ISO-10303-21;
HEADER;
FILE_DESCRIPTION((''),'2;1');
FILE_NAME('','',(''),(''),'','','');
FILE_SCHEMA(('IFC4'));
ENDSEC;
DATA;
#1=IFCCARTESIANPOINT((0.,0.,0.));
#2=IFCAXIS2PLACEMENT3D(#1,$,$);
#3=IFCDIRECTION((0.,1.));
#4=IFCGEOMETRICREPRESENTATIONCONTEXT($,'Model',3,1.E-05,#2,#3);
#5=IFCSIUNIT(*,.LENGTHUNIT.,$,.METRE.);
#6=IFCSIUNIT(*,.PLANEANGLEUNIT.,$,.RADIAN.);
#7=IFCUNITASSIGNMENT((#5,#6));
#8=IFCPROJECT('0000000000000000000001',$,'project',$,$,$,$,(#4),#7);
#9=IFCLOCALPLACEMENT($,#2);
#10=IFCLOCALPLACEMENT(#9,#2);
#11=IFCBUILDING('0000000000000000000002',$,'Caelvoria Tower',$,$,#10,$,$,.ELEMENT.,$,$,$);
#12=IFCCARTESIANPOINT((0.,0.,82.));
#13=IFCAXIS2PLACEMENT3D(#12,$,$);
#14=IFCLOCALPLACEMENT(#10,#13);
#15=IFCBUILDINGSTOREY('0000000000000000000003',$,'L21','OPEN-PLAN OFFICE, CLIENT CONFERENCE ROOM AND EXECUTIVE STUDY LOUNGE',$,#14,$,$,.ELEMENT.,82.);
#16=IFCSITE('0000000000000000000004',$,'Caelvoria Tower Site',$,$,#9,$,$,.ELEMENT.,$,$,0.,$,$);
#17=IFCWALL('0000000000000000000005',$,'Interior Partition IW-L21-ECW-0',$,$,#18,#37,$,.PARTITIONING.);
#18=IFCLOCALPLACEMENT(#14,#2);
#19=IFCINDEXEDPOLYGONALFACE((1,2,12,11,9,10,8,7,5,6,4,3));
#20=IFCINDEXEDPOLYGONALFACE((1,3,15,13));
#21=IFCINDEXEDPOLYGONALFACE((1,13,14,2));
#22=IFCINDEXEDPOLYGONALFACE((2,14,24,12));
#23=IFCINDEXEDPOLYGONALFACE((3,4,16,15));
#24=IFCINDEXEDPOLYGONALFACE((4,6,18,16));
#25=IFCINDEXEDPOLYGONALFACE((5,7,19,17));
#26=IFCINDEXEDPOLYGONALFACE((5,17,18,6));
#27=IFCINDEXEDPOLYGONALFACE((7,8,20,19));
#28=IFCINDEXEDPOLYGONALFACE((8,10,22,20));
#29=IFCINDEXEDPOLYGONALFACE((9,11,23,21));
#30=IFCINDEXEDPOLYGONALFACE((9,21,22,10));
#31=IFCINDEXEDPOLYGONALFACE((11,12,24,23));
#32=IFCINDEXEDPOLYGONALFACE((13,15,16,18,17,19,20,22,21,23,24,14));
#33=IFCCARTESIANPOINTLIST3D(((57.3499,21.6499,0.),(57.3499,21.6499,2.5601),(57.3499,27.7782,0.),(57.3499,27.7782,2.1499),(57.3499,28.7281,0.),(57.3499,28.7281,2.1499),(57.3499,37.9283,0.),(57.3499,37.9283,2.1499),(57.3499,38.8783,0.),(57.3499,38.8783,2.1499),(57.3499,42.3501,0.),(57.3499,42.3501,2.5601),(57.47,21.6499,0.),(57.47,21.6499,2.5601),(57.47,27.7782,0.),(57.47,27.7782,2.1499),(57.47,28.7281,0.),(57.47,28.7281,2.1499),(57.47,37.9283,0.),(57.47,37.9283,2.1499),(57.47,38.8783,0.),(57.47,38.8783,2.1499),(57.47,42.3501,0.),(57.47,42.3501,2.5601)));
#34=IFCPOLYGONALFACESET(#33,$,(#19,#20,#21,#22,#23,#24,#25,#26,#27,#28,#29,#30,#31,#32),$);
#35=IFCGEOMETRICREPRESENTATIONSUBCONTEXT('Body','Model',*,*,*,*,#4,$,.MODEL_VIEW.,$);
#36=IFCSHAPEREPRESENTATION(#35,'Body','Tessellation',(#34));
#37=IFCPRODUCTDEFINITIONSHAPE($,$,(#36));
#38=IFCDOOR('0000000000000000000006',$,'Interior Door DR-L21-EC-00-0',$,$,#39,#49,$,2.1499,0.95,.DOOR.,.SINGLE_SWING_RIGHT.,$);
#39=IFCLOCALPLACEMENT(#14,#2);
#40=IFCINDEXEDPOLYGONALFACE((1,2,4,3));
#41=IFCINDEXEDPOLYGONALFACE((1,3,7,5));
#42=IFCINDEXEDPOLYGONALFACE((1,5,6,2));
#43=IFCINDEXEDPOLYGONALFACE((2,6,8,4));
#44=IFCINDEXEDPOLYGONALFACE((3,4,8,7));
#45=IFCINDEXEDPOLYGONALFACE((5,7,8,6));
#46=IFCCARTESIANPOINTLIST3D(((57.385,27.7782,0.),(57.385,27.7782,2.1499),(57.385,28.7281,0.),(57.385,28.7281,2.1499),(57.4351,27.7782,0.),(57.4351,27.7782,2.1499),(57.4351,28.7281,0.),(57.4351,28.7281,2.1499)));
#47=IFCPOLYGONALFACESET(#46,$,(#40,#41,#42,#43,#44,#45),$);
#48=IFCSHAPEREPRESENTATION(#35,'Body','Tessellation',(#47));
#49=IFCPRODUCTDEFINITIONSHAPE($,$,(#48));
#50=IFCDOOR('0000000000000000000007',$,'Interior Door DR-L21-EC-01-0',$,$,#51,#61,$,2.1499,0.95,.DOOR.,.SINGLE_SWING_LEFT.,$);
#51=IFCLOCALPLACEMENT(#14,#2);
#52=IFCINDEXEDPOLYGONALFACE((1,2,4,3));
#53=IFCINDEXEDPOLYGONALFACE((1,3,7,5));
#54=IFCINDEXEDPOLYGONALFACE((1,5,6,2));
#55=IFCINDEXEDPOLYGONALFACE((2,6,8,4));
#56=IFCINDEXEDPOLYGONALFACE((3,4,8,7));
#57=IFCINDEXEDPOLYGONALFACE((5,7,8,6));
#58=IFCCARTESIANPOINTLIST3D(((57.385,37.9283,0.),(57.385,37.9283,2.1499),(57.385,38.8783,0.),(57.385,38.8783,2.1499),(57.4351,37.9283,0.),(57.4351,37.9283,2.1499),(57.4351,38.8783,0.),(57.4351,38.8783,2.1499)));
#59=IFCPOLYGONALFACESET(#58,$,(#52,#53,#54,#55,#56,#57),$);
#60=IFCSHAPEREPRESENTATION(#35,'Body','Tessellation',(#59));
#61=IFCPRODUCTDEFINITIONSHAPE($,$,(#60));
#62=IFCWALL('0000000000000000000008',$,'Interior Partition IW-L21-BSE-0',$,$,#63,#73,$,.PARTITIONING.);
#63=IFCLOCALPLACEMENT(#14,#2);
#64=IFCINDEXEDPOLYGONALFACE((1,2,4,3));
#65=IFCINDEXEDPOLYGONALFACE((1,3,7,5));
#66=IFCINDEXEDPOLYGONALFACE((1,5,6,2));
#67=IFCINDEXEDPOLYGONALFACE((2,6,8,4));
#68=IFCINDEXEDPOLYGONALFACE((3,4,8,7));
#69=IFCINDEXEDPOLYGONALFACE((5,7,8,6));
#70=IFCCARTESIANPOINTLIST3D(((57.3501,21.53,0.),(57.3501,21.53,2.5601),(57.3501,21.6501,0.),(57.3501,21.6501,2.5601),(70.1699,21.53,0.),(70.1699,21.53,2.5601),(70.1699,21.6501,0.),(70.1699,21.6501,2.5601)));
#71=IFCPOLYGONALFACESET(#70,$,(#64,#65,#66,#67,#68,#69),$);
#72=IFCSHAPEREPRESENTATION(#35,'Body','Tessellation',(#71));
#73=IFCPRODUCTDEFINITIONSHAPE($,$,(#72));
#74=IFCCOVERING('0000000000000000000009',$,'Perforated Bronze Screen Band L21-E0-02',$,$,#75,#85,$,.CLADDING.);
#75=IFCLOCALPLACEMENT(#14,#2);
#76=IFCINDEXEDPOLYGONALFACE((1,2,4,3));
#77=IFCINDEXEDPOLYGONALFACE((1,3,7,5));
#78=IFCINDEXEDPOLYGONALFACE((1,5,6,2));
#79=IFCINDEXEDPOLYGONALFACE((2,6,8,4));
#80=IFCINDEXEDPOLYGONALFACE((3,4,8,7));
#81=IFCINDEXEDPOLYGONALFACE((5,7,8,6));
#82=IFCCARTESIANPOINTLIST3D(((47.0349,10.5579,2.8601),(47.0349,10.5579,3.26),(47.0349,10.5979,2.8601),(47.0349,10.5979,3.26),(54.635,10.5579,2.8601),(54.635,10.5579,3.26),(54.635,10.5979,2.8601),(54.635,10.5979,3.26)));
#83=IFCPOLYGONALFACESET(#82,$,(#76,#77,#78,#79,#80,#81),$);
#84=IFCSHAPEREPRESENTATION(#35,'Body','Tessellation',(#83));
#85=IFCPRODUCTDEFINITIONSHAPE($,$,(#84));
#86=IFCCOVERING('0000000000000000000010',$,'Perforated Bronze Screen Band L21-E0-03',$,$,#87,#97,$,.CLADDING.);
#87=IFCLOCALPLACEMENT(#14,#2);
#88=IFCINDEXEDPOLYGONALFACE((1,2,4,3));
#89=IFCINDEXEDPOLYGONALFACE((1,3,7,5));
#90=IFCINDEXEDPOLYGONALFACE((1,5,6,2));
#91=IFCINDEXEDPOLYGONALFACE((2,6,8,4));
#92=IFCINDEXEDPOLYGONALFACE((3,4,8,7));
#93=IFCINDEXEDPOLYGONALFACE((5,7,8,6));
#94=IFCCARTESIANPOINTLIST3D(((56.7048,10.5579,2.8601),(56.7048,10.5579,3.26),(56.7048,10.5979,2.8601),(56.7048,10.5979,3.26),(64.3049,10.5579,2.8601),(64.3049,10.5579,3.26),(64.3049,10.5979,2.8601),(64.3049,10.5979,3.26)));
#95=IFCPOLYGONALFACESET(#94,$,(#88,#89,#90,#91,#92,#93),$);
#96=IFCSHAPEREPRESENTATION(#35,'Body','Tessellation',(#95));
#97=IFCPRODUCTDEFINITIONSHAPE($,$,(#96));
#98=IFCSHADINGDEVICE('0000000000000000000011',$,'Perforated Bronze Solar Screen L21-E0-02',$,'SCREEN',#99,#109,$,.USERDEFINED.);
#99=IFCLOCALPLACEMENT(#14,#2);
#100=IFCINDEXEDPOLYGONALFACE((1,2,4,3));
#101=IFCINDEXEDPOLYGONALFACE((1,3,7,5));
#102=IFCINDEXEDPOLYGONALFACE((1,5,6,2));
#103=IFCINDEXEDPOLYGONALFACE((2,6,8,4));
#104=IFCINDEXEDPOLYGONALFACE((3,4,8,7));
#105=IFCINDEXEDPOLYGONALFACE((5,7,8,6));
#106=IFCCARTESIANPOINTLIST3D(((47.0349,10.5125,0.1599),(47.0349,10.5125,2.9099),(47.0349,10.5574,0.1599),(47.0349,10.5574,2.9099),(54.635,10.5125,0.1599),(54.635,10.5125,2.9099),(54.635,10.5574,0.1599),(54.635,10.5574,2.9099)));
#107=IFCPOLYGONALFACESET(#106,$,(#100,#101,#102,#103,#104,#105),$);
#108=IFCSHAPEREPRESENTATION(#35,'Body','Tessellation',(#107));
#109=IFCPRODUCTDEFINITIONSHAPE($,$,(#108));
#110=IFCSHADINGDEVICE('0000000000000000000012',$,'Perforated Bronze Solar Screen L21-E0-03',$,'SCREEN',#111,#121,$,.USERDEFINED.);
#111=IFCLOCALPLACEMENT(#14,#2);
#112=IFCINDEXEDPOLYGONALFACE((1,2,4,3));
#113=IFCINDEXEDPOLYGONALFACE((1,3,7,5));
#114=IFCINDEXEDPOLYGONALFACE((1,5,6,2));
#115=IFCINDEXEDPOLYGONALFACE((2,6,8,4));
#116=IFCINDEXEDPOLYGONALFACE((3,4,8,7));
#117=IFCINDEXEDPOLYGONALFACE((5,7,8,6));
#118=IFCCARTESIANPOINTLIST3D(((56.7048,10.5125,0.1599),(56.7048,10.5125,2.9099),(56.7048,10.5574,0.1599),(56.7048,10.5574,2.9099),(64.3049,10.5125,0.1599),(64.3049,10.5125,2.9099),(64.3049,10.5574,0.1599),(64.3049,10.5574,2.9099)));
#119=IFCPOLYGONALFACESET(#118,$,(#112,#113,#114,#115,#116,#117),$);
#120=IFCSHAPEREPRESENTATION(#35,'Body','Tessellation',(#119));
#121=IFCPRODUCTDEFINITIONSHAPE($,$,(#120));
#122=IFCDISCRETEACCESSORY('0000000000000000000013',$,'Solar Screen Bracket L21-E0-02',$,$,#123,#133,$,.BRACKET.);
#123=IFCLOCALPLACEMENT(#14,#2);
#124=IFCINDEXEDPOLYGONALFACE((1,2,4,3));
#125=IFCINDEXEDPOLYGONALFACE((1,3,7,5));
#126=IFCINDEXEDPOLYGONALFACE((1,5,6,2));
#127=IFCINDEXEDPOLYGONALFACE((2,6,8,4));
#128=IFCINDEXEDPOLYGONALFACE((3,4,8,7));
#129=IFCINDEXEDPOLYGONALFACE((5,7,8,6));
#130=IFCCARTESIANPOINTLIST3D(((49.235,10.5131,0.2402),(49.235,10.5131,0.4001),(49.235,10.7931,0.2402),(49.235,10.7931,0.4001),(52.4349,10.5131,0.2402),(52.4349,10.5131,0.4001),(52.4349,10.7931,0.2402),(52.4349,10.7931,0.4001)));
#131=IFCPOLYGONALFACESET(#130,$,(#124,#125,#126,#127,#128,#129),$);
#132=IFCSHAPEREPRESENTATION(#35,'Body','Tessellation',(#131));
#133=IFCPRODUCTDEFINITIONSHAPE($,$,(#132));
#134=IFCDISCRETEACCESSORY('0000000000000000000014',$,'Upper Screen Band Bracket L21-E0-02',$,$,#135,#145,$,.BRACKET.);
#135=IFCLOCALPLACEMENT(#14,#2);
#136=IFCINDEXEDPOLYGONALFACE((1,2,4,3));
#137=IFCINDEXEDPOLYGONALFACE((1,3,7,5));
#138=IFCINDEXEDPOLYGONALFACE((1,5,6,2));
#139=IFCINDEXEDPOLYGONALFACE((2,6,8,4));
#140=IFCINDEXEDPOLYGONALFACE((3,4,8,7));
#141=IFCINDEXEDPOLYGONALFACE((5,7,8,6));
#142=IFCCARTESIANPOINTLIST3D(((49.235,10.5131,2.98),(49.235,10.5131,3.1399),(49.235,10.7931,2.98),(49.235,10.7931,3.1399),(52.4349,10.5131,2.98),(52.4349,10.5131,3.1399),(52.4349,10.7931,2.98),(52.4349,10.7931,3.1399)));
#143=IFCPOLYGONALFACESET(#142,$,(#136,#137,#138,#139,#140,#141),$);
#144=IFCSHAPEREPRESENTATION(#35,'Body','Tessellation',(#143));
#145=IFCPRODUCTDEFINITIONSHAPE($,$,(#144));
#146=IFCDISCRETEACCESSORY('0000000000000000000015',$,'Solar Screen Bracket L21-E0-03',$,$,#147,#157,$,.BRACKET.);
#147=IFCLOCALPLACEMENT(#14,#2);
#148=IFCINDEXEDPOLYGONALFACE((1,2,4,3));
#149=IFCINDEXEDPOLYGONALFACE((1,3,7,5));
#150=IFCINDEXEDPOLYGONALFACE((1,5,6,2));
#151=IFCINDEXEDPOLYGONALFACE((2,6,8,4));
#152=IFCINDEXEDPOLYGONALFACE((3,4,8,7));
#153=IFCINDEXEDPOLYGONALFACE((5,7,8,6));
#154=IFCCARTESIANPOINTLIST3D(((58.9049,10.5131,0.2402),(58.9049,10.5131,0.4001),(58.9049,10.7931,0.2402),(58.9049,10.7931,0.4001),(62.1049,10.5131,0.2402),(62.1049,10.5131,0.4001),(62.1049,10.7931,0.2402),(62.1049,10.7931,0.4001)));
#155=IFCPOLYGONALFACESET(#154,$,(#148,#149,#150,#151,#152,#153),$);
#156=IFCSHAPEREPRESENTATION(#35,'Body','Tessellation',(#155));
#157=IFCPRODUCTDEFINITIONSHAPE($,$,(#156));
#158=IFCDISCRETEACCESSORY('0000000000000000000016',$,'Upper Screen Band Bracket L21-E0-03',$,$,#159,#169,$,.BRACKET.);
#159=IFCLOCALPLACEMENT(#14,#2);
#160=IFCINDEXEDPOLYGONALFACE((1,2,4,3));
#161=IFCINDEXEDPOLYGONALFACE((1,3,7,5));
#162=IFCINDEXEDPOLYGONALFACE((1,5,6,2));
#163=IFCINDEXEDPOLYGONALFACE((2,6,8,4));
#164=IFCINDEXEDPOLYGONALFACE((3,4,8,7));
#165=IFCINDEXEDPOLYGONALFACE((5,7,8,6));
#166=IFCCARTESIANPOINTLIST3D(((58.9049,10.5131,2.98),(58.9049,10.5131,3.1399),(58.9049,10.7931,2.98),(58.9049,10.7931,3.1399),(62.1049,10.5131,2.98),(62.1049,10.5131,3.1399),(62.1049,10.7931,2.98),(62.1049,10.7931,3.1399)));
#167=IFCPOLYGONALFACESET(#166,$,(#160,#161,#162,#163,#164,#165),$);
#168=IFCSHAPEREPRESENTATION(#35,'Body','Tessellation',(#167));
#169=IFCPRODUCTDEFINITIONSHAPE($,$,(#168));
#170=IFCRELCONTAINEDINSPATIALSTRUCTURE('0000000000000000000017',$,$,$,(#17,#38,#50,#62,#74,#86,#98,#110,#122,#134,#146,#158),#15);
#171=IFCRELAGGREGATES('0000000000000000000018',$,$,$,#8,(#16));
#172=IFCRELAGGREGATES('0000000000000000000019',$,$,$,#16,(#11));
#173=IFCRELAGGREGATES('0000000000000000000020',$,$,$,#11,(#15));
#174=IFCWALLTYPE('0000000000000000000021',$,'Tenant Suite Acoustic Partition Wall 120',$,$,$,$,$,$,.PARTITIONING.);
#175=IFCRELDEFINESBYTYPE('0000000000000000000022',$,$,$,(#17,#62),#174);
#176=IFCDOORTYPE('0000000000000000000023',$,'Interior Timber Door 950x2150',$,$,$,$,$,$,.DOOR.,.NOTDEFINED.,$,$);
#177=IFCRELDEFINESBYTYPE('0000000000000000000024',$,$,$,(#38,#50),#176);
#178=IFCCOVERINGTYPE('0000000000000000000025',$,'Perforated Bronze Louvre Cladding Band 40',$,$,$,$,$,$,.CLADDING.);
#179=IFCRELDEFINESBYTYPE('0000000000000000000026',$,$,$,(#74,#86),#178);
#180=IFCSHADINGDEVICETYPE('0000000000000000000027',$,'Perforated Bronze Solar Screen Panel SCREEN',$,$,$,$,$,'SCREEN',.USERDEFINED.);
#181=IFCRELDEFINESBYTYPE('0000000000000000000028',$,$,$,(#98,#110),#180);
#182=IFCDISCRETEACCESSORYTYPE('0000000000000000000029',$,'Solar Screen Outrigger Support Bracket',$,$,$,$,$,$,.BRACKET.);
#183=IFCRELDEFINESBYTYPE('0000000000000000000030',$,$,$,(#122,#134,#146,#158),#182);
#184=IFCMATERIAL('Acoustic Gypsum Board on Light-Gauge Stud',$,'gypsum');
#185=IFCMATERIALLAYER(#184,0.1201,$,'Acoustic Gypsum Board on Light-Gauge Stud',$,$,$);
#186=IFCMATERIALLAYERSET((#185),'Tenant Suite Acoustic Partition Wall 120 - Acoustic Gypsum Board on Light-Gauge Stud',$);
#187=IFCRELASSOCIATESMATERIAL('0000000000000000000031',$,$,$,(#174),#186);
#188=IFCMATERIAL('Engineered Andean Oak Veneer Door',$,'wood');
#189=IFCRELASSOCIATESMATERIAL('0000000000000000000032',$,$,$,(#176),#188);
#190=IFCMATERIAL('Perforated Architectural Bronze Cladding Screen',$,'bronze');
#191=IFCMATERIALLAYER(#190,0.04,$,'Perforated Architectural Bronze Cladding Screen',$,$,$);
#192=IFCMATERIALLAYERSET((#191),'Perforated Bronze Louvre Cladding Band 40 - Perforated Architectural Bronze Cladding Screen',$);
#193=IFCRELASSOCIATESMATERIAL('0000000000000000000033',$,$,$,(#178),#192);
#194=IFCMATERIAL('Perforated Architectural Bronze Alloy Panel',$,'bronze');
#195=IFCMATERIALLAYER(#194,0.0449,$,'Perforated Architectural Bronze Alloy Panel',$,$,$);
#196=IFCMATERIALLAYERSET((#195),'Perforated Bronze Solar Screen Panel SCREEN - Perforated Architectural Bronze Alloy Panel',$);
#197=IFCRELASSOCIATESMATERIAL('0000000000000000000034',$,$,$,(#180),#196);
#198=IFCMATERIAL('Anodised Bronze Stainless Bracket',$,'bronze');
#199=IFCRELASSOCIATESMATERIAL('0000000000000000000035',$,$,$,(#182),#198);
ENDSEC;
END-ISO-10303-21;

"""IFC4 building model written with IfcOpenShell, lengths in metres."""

from ifc_helpers import new_model, si_unit, direction, frame, frame_2d, origin, origin_2d, place, context, subcontext, project, spatial, rectangle, extrude, material, layer, layer_set, type_object, element, fill, save


model = new_model("IFC4")

# Units and contexts
model_context = context("Model", 3, precision=1e-05, world=origin(), true_north=direction((0.0, 1.0)))
body_context = subcontext(model_context, "Body", "Model", "MODEL_VIEW")
ifc_project = project(units=[si_unit("LENGTHUNIT", "METRE"), si_unit("PLANEANGLEUNIT", "RADIAN")], contexts=[model_context])

# Site, building, storey
site_placement = place(None, origin())
site = spatial("IfcSite", under=ifc_project, at=site_placement, Name="Caelvoria Tower Site", CompositionType="ELEMENT", RefElevation=0.0)
building_placement = place(site_placement, origin())
building = spatial("IfcBuilding", under=site, at=building_placement, Name="Caelvoria Tower", CompositionType="ELEMENT")
storey_placement = place(building_placement, frame((0.0, 0.0, 82.0)))
storey = spatial("IfcBuildingStorey", under=building, at=storey_placement, Name="L21", Description="OPEN-PLAN OFFICE, CLIENT CONFERENCE ROOM AND EXECUTIVE STUDY LOUNGE", CompositionType="ELEMENT", Elevation=82.0)

# Shared definitions
ifc_material_1 = material(Name="Acoustic Gypsum Board on Light-Gauge Stud", Category="gypsum")
ifc_layer_1 = layer(ifc_material_1, 0.1201, Name="Acoustic Gypsum Board on Light-Gauge Stud")
ifc_layer_set_1 = layer_set([ifc_layer_1], Name="Tenant Suite Acoustic Partition Wall 120 - Acoustic Gypsum Board on Light-Gauge Stud")
wall_type_1 = type_object("IfcWallType", Name="Tenant Suite Acoustic Partition Wall 120", PredefinedType="PARTITIONING", material=ifc_layer_set_1)
ifc_material_2 = material(Name="Engineered Andean Oak Veneer Door", Category="wood")

# Wall, openings, doors
wall_1_placement = place(storey_placement, frame((57.4099, 21.6499, 0.0), z_axis=(0.0, 0.0, 1.0), x_axis=(0.0, 1.0, 0.0)))
wall_1 = element("IfcWall", 1, at=wall_1_placement, inside=storey, type_object=wall_type_1, Name="Interior Partition IW-L21-ECW-0", PredefinedType="PARTITIONING", context=body_context, shape_type="SweptSolid", body=[
    extrude(rectangle(XDim=20.7002, YDim=0.1201, at=frame_2d((10.3501, 0.0))), origin(), (0.0, 0.0, 1.0), 2.5601),
])
opening_1_placement = place(wall_1_placement, frame((6.1282, 0.0, 0.0)))
opening_1 = element("IfcOpeningElement", 2, at=opening_1_placement, cuts=wall_1, PredefinedType="OPENING", context=body_context, shape_type="SweptSolid", body=[
    extrude(rectangle(XDim=0.95, YDim=2.1499, at=frame_2d((0.4751, 1.075))), frame((0.0, 0.0701, 0.0), z_axis=(0.0, -1.0, 0.0), x_axis=(1.0, 0.0, 0.0)), (0.0, 0.0, 1.0), 0.1401),
])
opening_2_placement = place(wall_1_placement, frame((16.2783, 0.0, 0.0)))
opening_2 = element("IfcOpeningElement", 3, at=opening_2_placement, cuts=wall_1, PredefinedType="OPENING", context=body_context, shape_type="SweptSolid", body=[
    extrude(rectangle(XDim=0.95, YDim=2.1499, at=frame_2d((0.4751, 1.075))), frame((0.0, 0.0701, 0.0), z_axis=(0.0, -1.0, 0.0), x_axis=(1.0, 0.0, 0.0)), (0.0, 0.0, 1.0), 0.1401),
])
door_type_1 = type_object("IfcDoorType", Name="Interior Timber Door 950x2150", OperationType="NOTDEFINED", PredefinedType="DOOR", material=ifc_material_2)
door_1_placement = place(opening_1_placement, origin())
door_1 = element("IfcDoor", 4, at=door_1_placement, inside=storey, type_object=door_type_1, Name="Interior Door DR-L21-EC-00-0", OperationType="SINGLE_SWING_RIGHT", OverallHeight=2.1499, OverallWidth=0.95, PredefinedType="DOOR", context=body_context, shape_type="SweptSolid", body=[
    extrude(rectangle(XDim=0.95, YDim=2.1499, at=frame_2d((0.4751, 1.075))), frame((0.0, 0.0249, 0.0), z_axis=(0.0, -1.0, 0.0), x_axis=(1.0, 0.0, 0.0)), (0.0, 0.0, 1.0), 0.05),
])
fill(opening_1, door_1)
door_2_placement = place(opening_2_placement, origin())
door_2 = element("IfcDoor", 5, at=door_2_placement, inside=storey, type_object=door_type_1, Name="Interior Door DR-L21-EC-01-0", OperationType="SINGLE_SWING_LEFT", OverallHeight=2.1499, OverallWidth=0.95, PredefinedType="DOOR", context=body_context, shape_type="SweptSolid", body=[
    extrude(rectangle(XDim=0.95, YDim=2.1499, at=frame_2d((0.4751, 1.075))), frame((0.0, 0.0249, 0.0), z_axis=(0.0, -1.0, 0.0), x_axis=(1.0, 0.0, 0.0)), (0.0, 0.0, 1.0), 0.05),
])
fill(opening_2, door_2)

# Wall
wall_2_placement = place(storey_placement, frame((57.3501, 21.5901, 0.0), z_axis=(0.0, 0.0, 1.0), x_axis=(1.0, 0.0, 0.0)))
element("IfcWall", 6, at=wall_2_placement, inside=storey, type_object=wall_type_1, Name="Interior Partition IW-L21-BSE-0", PredefinedType="PARTITIONING", context=body_context, shape_type="SweptSolid", body=[
    extrude(rectangle(XDim=12.8198, YDim=0.1201, at=frame_2d((6.4099, 0.0))), origin(), (0.0, 0.0, 1.0), 2.5601),
])

# Coverings
ifc_material_3 = material(Name="Perforated Architectural Bronze Cladding Screen", Category="bronze")
ifc_layer_2 = layer(ifc_material_3, 0.04, Name="Perforated Architectural Bronze Cladding Screen")
ifc_layer_set_2 = layer_set([ifc_layer_2], Name="Perforated Bronze Louvre Cladding Band 40 - Perforated Architectural Bronze Cladding Screen")
covering_type = type_object("IfcCoveringType", Name="Perforated Bronze Louvre Cladding Band 40", PredefinedType="CLADDING", material=ifc_layer_set_2)
for number, where, z_axis, x_axis, name in (
    (7, (50.835, 10.5779, 2.8601), (0.0, 0.0, 1.0), (1.0, 0.0, 0.0), "Perforated Bronze Screen Band L21-E0-02"),
    (8, (60.5049, 10.5779, 2.8601), (0.0, 0.0, 1.0), (1.0, 0.0, 0.0), "Perforated Bronze Screen Band L21-E0-03"),
):
    element("IfcCovering", number, at=place(storey_placement, frame(where, z_axis=z_axis, x_axis=x_axis)), inside=storey, type_object=covering_type, Name=name, PredefinedType="CLADDING", context=body_context, shape_type="SweptSolid", body=[
        extrude(rectangle(XDim=7.6001, YDim=0.04, at=origin_2d()), origin(), (0.0, 0.0, 1.0), 0.3999),
    ])

# Shading devices
ifc_material_4 = material(Name="Perforated Architectural Bronze Alloy Panel", Category="bronze")
ifc_layer_3 = layer(ifc_material_4, 0.0449, Name="Perforated Architectural Bronze Alloy Panel")
ifc_layer_set_3 = layer_set([ifc_layer_3], Name="Perforated Bronze Solar Screen Panel SCREEN - Perforated Architectural Bronze Alloy Panel")
shading_device_type = type_object("IfcShadingDeviceType", Name="Perforated Bronze Solar Screen Panel SCREEN", ElementType="SCREEN", PredefinedType="USERDEFINED", material=ifc_layer_set_3)
for number, where, z_axis, x_axis, name in (
    (9, (50.835, 10.5349, 0.1599), (0.0, 0.0, 1.0), (1.0, 0.0, 0.0), "Perforated Bronze Solar Screen L21-E0-02"),
    (10, (60.5049, 10.5349, 0.1599), (0.0, 0.0, 1.0), (1.0, 0.0, 0.0), "Perforated Bronze Solar Screen L21-E0-03"),
):
    element("IfcShadingDevice", number, at=place(storey_placement, frame(where, z_axis=z_axis, x_axis=x_axis)), inside=storey, type_object=shading_device_type, Name=name, ObjectType="SCREEN", PredefinedType="USERDEFINED", context=body_context, shape_type="SweptSolid", body=[
        extrude(rectangle(XDim=7.6001, YDim=0.0449, at=origin_2d()), origin(), (0.0, 0.0, 1.0), 2.75),
    ])

# Discrete accessories
ifc_material_5 = material(Name="Anodised Bronze Stainless Bracket", Category="bronze")
discrete_accessory_type = type_object("IfcDiscreteAccessoryType", Name="Solar Screen Outrigger Support Bracket", PredefinedType="BRACKET", material=ifc_material_5)
for number, where, z_axis, x_axis, name in (
    (11, (50.835, 10.6531, 0.2402), (0.0, 0.0, 1.0), (1.0, 0.0, 0.0), "Solar Screen Bracket L21-E0-02"),
    (12, (50.835, 10.6531, 2.98), (0.0, 0.0, 1.0), (1.0, 0.0, 0.0), "Upper Screen Band Bracket L21-E0-02"),
    (13, (60.5049, 10.6531, 0.2402), (0.0, 0.0, 1.0), (1.0, 0.0, 0.0), "Solar Screen Bracket L21-E0-03"),
    (14, (60.5049, 10.6531, 2.98), (0.0, 0.0, 1.0), (1.0, 0.0, 0.0), "Upper Screen Band Bracket L21-E0-03"),
):
    element("IfcDiscreteAccessory", number, at=place(storey_placement, frame(where, z_axis=z_axis, x_axis=x_axis)), inside=storey, type_object=discrete_accessory_type, Name=name, PredefinedType="BRACKET", context=body_context, shape_type="SweptSolid", body=[
        extrude(rectangle(XDim=3.2, YDim=0.28, at=origin_2d()), origin(), (0.0, 0.0, 1.0), 0.1599),
    ])

save(model, "model.ifc")
